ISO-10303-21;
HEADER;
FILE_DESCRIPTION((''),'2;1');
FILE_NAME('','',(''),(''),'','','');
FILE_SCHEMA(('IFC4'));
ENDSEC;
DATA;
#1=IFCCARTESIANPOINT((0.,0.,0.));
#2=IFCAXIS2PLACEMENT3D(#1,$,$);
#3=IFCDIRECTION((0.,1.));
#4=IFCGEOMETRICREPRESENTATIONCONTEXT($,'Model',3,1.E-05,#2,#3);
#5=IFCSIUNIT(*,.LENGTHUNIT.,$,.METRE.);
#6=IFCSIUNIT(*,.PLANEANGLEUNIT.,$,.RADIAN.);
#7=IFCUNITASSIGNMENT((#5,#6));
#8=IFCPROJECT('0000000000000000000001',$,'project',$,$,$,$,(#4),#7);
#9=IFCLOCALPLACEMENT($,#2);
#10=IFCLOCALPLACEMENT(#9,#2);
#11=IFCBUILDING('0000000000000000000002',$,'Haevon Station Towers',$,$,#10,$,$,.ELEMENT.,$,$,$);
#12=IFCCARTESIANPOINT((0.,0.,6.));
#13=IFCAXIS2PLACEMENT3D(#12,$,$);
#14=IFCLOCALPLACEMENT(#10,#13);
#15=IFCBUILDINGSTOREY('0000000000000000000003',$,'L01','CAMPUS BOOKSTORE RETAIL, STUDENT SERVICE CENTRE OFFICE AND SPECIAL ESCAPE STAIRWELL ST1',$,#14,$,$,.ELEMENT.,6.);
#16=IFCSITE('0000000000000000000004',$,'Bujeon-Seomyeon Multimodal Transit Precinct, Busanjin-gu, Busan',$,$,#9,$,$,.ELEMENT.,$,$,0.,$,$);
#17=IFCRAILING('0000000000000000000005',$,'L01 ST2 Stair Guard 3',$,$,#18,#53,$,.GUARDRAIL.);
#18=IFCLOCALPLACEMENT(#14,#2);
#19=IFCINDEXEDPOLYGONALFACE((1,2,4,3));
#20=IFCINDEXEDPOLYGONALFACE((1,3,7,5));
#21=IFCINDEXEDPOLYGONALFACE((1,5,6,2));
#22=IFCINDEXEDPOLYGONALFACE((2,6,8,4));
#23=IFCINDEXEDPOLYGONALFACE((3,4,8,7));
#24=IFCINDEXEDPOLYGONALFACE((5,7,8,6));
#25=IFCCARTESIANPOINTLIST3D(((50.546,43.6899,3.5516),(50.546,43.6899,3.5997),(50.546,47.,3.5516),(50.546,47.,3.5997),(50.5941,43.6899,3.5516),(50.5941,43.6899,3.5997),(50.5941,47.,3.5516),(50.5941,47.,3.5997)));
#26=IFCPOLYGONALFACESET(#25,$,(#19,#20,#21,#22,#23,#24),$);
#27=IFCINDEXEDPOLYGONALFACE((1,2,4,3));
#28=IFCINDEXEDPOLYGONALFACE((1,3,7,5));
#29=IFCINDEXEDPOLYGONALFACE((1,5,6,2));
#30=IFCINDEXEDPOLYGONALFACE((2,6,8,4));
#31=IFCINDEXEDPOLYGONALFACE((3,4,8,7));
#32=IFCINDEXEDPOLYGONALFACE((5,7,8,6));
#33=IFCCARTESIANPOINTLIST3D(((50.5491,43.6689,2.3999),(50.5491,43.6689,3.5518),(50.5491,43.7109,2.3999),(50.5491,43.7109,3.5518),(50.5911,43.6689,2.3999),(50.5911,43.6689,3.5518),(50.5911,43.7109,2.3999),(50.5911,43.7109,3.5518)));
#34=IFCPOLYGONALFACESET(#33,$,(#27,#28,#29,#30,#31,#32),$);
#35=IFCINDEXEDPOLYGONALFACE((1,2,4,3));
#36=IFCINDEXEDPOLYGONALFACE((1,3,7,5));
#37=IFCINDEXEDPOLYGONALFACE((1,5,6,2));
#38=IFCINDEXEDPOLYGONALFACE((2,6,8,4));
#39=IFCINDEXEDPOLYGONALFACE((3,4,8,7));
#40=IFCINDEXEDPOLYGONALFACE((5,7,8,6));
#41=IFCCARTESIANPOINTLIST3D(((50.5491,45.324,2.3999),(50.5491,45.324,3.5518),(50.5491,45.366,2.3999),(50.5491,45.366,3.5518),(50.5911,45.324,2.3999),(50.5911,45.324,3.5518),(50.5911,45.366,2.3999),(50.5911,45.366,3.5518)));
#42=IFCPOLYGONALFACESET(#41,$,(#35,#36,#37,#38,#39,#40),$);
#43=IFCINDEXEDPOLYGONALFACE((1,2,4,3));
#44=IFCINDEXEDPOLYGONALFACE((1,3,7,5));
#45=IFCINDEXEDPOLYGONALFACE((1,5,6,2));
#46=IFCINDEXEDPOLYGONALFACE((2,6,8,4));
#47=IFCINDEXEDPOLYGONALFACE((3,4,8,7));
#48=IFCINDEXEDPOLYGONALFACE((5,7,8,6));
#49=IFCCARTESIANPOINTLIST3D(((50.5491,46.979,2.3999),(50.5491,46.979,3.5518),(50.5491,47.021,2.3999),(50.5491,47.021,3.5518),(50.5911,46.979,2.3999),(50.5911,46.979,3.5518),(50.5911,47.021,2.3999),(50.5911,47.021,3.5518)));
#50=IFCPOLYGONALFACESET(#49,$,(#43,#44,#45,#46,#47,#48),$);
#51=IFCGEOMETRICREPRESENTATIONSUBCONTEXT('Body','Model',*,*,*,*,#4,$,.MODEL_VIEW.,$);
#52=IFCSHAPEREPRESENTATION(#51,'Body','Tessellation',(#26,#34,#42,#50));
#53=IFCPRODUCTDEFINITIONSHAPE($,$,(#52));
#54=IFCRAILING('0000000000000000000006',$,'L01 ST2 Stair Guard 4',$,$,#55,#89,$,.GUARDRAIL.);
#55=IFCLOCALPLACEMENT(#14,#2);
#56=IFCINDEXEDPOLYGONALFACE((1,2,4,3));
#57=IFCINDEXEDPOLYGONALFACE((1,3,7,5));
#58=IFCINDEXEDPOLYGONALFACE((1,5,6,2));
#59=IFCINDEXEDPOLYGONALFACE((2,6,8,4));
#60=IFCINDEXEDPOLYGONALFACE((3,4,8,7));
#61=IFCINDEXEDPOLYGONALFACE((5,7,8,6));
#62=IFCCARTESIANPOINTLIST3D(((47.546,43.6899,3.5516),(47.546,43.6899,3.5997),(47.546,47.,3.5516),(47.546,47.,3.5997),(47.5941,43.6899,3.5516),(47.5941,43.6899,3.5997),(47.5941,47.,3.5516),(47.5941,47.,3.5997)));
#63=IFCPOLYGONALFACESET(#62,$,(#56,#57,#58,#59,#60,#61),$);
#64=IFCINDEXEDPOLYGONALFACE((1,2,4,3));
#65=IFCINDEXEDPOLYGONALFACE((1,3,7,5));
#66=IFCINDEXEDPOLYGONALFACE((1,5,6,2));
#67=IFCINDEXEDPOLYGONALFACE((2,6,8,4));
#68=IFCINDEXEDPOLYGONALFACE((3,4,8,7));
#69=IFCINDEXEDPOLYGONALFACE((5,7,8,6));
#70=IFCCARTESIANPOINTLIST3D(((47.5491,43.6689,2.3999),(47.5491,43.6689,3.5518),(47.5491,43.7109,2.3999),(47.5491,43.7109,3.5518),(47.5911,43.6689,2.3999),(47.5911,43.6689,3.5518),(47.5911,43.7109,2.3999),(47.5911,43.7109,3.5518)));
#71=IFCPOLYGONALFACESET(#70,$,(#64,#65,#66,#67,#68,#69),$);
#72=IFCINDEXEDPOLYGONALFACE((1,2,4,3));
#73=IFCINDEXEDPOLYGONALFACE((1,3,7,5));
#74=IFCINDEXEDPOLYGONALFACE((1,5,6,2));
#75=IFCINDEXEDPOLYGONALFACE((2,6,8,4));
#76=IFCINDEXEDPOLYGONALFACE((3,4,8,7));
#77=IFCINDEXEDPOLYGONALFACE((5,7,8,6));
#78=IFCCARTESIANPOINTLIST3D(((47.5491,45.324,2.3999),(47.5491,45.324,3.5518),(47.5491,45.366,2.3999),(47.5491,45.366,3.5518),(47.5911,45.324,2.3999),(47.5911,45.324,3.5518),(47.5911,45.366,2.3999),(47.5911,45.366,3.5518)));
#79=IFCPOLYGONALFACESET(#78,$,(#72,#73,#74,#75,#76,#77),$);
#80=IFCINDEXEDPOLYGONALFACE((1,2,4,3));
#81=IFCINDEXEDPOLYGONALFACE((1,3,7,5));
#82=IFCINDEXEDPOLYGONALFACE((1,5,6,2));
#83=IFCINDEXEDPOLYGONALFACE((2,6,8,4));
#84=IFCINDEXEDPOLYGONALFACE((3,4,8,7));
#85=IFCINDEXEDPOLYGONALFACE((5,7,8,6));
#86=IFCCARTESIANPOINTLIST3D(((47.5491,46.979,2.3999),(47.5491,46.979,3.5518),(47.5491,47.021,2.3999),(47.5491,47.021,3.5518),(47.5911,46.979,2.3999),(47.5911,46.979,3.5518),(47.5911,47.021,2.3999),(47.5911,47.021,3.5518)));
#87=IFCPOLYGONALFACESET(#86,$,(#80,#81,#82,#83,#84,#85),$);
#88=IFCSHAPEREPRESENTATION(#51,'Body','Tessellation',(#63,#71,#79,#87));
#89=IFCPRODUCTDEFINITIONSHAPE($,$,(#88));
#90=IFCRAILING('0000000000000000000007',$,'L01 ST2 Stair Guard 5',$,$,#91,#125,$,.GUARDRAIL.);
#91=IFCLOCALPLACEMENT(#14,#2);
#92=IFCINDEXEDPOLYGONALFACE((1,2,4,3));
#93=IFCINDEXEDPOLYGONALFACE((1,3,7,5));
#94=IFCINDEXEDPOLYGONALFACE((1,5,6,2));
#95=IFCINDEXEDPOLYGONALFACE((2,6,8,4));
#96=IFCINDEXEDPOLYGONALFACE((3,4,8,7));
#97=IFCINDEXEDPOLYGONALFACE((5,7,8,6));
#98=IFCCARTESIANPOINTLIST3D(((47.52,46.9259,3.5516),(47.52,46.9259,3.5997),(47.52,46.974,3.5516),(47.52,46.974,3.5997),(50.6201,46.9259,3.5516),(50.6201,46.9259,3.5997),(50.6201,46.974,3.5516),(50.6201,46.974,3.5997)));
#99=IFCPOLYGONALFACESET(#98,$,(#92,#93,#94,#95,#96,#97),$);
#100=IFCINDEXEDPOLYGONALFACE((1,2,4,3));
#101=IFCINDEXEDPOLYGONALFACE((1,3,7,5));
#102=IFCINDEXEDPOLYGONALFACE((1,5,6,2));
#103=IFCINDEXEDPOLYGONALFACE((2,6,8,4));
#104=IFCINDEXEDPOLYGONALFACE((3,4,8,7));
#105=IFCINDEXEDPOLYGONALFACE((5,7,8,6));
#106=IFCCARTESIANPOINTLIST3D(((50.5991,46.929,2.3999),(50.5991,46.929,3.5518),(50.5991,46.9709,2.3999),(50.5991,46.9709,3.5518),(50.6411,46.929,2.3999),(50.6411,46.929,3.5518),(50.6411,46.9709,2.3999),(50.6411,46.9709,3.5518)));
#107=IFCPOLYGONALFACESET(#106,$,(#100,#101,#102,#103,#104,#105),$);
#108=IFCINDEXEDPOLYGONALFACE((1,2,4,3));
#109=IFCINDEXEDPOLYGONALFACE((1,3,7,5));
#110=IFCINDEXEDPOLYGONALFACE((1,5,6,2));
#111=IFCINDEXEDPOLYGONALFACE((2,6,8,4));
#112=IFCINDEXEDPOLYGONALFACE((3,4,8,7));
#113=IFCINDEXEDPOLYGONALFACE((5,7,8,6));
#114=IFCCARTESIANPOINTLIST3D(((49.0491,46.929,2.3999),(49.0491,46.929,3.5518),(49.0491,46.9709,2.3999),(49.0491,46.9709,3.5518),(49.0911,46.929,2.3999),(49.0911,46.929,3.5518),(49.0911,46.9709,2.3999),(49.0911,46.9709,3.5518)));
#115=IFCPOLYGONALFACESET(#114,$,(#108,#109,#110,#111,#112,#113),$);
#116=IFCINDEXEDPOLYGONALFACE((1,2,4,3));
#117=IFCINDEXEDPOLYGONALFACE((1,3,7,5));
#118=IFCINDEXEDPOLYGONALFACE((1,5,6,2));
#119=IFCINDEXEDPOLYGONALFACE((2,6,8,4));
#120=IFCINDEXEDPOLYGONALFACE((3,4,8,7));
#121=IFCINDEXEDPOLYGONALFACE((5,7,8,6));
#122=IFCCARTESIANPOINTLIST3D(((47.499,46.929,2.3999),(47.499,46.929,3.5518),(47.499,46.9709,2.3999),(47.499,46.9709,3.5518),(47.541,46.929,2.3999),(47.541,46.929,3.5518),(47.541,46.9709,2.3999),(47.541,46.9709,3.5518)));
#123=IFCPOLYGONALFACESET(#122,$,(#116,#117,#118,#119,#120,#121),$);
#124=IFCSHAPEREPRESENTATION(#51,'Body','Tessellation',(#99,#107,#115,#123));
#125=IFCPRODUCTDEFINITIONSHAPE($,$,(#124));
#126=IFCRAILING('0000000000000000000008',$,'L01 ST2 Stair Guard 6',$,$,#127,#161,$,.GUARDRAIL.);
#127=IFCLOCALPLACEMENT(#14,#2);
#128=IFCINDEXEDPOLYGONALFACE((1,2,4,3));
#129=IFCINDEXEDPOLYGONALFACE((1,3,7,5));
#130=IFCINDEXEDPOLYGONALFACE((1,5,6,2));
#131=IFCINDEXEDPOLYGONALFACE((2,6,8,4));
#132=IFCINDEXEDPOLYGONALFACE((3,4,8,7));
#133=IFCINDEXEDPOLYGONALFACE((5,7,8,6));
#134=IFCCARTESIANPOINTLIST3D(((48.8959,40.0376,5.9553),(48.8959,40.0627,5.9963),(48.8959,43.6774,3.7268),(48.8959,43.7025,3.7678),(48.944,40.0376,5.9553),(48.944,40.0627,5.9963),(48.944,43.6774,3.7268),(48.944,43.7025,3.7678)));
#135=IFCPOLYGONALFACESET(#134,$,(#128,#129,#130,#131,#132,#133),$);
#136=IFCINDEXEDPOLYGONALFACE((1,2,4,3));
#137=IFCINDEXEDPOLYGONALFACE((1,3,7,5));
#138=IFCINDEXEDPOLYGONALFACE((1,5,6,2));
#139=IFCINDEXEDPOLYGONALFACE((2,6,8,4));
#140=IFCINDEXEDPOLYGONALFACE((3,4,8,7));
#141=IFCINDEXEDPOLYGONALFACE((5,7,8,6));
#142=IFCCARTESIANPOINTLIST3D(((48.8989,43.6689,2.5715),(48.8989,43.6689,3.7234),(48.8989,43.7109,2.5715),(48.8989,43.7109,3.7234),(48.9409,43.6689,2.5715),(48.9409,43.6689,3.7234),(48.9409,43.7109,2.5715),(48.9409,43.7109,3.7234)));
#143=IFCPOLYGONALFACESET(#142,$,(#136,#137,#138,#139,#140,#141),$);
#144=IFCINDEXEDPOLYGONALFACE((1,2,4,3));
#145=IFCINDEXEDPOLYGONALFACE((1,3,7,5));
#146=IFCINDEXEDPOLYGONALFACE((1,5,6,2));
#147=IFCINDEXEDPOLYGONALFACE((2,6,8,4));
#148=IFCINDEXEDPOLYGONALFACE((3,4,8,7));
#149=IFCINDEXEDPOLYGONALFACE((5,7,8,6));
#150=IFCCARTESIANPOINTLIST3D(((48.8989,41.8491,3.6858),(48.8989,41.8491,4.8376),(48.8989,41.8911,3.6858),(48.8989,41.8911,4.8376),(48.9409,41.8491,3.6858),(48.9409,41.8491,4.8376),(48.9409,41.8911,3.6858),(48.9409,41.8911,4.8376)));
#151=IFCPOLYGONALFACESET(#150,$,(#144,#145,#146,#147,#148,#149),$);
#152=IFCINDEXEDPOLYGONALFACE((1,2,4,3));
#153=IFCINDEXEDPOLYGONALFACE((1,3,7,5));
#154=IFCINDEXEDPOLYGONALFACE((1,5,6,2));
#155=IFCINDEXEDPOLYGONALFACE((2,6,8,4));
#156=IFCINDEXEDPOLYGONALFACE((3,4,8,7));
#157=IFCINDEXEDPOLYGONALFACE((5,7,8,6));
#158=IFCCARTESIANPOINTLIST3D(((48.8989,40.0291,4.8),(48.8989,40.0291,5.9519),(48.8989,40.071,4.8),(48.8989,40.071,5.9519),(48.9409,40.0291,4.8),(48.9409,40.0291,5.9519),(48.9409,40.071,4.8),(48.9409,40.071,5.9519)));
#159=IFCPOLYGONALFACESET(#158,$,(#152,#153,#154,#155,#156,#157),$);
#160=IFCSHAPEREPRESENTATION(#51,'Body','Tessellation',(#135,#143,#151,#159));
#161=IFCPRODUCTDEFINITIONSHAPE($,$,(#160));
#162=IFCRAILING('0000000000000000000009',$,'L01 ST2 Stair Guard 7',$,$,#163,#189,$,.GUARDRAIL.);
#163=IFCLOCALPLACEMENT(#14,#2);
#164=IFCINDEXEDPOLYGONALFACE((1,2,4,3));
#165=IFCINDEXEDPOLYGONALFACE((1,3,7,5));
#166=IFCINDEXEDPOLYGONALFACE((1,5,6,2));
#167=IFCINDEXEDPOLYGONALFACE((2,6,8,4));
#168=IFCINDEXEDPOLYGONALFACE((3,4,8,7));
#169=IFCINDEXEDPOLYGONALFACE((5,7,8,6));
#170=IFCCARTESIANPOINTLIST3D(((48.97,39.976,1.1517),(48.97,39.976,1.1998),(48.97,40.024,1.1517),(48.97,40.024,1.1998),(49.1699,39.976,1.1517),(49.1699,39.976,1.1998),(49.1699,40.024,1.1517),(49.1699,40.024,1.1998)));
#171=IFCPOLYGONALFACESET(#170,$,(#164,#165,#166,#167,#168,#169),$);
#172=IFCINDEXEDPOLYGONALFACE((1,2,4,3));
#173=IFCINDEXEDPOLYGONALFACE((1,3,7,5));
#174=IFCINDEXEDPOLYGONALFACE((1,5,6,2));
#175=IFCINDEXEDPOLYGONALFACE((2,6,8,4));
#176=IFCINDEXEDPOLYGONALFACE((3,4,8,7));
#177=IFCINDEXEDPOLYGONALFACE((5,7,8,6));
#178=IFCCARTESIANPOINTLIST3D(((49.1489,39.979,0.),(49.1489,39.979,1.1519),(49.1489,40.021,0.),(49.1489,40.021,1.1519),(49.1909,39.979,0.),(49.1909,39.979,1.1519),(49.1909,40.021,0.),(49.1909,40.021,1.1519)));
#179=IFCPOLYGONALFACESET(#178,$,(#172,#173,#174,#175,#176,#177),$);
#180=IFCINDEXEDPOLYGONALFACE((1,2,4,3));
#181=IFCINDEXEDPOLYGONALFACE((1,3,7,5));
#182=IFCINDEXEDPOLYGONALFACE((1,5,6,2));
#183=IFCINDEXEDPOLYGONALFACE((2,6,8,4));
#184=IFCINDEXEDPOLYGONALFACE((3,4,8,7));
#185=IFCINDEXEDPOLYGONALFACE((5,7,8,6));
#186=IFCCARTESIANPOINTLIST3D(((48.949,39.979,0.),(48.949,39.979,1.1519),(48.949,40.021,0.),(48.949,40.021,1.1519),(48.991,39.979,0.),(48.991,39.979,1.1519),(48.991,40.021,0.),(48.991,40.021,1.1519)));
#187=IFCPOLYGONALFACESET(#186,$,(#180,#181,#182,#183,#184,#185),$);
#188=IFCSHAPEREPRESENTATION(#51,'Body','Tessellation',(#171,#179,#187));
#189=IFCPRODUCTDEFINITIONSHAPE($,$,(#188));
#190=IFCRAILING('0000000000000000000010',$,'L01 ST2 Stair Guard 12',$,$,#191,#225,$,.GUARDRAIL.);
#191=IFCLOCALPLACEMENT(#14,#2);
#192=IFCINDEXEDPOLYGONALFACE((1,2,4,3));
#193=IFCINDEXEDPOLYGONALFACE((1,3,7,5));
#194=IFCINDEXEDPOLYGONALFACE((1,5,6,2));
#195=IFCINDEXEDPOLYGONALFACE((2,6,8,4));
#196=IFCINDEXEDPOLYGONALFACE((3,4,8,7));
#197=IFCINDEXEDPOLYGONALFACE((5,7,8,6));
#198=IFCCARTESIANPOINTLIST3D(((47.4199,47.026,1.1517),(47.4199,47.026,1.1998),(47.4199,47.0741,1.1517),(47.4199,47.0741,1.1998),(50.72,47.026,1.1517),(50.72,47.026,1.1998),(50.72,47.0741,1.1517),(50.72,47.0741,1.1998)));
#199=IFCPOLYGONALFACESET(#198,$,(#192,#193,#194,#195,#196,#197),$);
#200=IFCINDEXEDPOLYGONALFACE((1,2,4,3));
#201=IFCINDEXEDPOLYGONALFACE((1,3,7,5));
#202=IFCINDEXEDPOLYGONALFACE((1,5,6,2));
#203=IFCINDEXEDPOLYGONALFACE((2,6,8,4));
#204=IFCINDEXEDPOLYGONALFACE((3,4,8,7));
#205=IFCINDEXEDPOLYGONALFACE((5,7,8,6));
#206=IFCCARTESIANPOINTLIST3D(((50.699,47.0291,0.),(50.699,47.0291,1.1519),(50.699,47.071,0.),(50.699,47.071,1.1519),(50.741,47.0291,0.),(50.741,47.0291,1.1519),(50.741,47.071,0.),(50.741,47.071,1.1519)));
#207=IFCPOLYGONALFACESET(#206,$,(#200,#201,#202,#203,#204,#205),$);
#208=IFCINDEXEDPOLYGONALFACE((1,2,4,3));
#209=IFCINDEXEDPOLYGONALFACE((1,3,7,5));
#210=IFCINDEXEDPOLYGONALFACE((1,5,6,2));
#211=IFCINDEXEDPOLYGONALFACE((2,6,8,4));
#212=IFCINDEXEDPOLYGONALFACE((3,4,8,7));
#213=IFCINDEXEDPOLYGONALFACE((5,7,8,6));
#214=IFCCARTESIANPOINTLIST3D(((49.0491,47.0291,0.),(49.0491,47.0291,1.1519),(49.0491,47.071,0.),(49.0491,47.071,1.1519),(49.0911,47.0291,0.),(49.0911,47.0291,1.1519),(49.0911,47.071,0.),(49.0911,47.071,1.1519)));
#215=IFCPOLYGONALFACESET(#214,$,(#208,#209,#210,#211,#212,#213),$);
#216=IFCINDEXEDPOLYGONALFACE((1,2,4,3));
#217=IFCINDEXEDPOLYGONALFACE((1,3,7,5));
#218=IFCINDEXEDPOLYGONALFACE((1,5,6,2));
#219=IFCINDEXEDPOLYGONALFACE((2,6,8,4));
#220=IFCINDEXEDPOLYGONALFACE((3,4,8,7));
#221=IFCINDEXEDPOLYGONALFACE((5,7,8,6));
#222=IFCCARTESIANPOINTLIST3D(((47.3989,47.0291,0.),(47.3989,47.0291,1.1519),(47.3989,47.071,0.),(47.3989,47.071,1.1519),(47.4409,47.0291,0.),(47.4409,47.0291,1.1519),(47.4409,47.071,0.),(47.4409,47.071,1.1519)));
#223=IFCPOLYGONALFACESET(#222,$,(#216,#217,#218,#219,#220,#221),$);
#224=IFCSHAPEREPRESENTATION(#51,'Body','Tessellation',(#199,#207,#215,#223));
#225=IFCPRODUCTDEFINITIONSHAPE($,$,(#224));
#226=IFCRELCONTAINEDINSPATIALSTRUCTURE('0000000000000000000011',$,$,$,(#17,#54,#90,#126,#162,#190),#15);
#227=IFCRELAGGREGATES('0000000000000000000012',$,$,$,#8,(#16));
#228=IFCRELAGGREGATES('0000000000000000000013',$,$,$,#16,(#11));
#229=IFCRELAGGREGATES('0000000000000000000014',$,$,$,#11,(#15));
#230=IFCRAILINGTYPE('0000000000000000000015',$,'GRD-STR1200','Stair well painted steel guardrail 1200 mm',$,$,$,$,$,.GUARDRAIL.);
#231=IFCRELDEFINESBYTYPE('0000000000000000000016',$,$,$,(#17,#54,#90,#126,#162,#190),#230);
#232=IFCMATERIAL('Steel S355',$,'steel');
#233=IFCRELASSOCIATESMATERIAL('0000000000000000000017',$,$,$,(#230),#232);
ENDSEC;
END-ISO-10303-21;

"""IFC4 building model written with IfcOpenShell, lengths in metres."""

from ifc_helpers import new_model, si_unit, direction, frame, origin, origin_2d, place, context, subcontext, project, spatial, rectangle, extrude, material, type_object, element, save


model = new_model("IFC4")

# Units and contexts
model_context = context("Model", 3, precision=1e-05, world=origin(), true_north=direction((0.0, 1.0)))
body_context = subcontext(model_context, "Body", "Model", "MODEL_VIEW")
ifc_project = project(units=[si_unit("LENGTHUNIT", "METRE"), si_unit("PLANEANGLEUNIT", "RADIAN")], contexts=[model_context])

# Site, building, storey
site_placement = place(None, origin())
site = spatial("IfcSite", under=ifc_project, at=site_placement, Name="Bujeon-Seomyeon Multimodal Transit Precinct, Busanjin-gu, Busan", CompositionType="ELEMENT", RefElevation=0.0)
building_placement = place(site_placement, origin())
building = spatial("IfcBuilding", under=site, at=building_placement, Name="Haevon Station Towers", CompositionType="ELEMENT")
storey_placement = place(building_placement, frame((0.0, 0.0, 6.0)))
storey = spatial("IfcBuildingStorey", under=building, at=storey_placement, Name="L01", Description="CAMPUS BOOKSTORE RETAIL, STUDENT SERVICE CENTRE OFFICE AND SPECIAL ESCAPE STAIRWELL ST1", CompositionType="ELEMENT", Elevation=6.0)

# Shared definitions
ifc_material_1 = material(Name="Steel S355", Category="steel")

# Railings
railing_type_1 = type_object("IfcRailingType", Name="GRD-STR1200", Description="Stair well painted steel guardrail 1200 mm", PredefinedType="GUARDRAIL", material=ifc_material_1)
for number, where, name in (
    (1, (50.5701, 43.6899, 2.3999), "L01 ST2 Stair Guard 3"),
    (2, (47.5701, 43.6899, 2.3999), "L01 ST2 Stair Guard 4"),
):
    element("IfcRailing", number, at=place(storey_placement, frame(where)), inside=storey, type_object=railing_type_1, Name=name, PredefinedType="GUARDRAIL", context=body_context, shape_type="SweptSolid", body=[
        extrude(rectangle(XDim=0.0481, YDim=0.0481, at=origin_2d()), frame((0.0, 0.0, 1.1758), z_axis=(0.0, 1.0, 0.0), x_axis=(-1.0, 0.0, 0.0)), (0.0, 0.0, 1.0), 3.3101),
        extrude(rectangle(XDim=0.042, YDim=0.042, at=origin_2d()), origin(), (0.0, 0.0, 1.0), 1.1519),
        extrude(rectangle(XDim=0.042, YDim=0.042, at=origin_2d()), frame((0.0, 1.655, 0.0)), (0.0, 0.0, 1.0), 1.1519),
        extrude(rectangle(XDim=0.042, YDim=0.042, at=origin_2d()), frame((0.0, 3.3101, 0.0)), (0.0, 0.0, 1.0), 1.1519),
    ])
railing_1_placement = place(storey_placement, frame((50.6201, 46.95, 2.3999)))
element("IfcRailing", 3, at=railing_1_placement, inside=storey, type_object=railing_type_1, Name="L01 ST2 Stair Guard 5", PredefinedType="GUARDRAIL", context=body_context, shape_type="SweptSolid", body=[
    extrude(rectangle(XDim=0.0481, YDim=0.0481, at=origin_2d()), frame((0.0, 0.0, 1.1758), z_axis=(-1.0, 0.0, 0.0), x_axis=(0.0, -1.0, 0.0)), (0.0, 0.0, 1.0), 3.1001),
    extrude(rectangle(XDim=0.042, YDim=0.042, at=origin_2d()), origin(), (0.0, 0.0, 1.0), 1.1519),
    extrude(rectangle(XDim=0.042, YDim=0.042, at=origin_2d()), frame((-1.55, 0.0, 0.0)), (0.0, 0.0, 1.0), 1.1519),
    extrude(rectangle(XDim=0.042, YDim=0.042, at=origin_2d()), frame((-3.1001, 0.0, 0.0)), (0.0, 0.0, 1.0), 1.1519),
])
railing_2_placement = place(storey_placement, frame((48.9199, 43.6899, 2.5715)))
element("IfcRailing", 4, at=railing_2_placement, inside=storey, type_object=railing_type_1, Name="L01 ST2 Stair Guard 6", PredefinedType="GUARDRAIL", context=body_context, shape_type="SweptSolid", body=[
    extrude(rectangle(XDim=0.0481, YDim=0.0481, at=origin_2d()), frame((0.0, 0.0, 1.1758), z_axis=(0.0, -0.85285, 0.522156), x_axis=(1.0, 0.0, 0.0)), (0.0, 0.0, 1.0), 4.2678),
    extrude(rectangle(XDim=0.042, YDim=0.042, at=origin_2d()), origin(), (0.0, 0.0, 1.0), 1.1519),
    extrude(rectangle(XDim=0.042, YDim=0.042, at=origin_2d()), frame((0.0, -1.8198, 1.1143)), (0.0, 0.0, 1.0), 1.1519),
    extrude(rectangle(XDim=0.042, YDim=0.042, at=origin_2d()), frame((0.0, -3.6399, 2.2285)), (0.0, 0.0, 1.0), 1.1519),
])
railing_3_placement = place(storey_placement, frame((49.1699, 40.0, 0.0)))
element("IfcRailing", 5, at=railing_3_placement, inside=storey, type_object=railing_type_1, Name="L01 ST2 Stair Guard 7", PredefinedType="GUARDRAIL", context=body_context, shape_type="SweptSolid", body=[
    extrude(rectangle(XDim=0.0481, YDim=0.0481, at=origin_2d()), frame((0.0, 0.0, 1.1758), z_axis=(-1.0, 0.0, 0.0), x_axis=(0.0, -1.0, 0.0)), (0.0, 0.0, 1.0), 0.2),
    extrude(rectangle(XDim=0.042, YDim=0.042, at=origin_2d()), origin(), (0.0, 0.0, 1.0), 1.1519),
    extrude(rectangle(XDim=0.042, YDim=0.042, at=origin_2d()), frame((-0.2, 0.0, 0.0)), (0.0, 0.0, 1.0), 1.1519),
])
railing_4_placement = place(storey_placement, frame((50.72, 47.05, 0.0)))
element("IfcRailing", 6, at=railing_4_placement, inside=storey, type_object=railing_type_1, Name="L01 ST2 Stair Guard 12", PredefinedType="GUARDRAIL", context=body_context, shape_type="SweptSolid", body=[
    extrude(rectangle(XDim=0.0481, YDim=0.0481, at=origin_2d()), frame((0.0, 0.0, 1.1758), z_axis=(-1.0, 0.0, 0.0), x_axis=(0.0, -1.0, 0.0)), (0.0, 0.0, 1.0), 3.3),
    extrude(rectangle(XDim=0.042, YDim=0.042, at=origin_2d()), origin(), (0.0, 0.0, 1.0), 1.1519),
    extrude(rectangle(XDim=0.042, YDim=0.042, at=origin_2d()), frame((-1.6499, 0.0, 0.0)), (0.0, 0.0, 1.0), 1.1519),
    extrude(rectangle(XDim=0.042, YDim=0.042, at=origin_2d()), frame((-3.3, 0.0, 0.0)), (0.0, 0.0, 1.0), 1.1519),
])

save(model, "model.ifc")
